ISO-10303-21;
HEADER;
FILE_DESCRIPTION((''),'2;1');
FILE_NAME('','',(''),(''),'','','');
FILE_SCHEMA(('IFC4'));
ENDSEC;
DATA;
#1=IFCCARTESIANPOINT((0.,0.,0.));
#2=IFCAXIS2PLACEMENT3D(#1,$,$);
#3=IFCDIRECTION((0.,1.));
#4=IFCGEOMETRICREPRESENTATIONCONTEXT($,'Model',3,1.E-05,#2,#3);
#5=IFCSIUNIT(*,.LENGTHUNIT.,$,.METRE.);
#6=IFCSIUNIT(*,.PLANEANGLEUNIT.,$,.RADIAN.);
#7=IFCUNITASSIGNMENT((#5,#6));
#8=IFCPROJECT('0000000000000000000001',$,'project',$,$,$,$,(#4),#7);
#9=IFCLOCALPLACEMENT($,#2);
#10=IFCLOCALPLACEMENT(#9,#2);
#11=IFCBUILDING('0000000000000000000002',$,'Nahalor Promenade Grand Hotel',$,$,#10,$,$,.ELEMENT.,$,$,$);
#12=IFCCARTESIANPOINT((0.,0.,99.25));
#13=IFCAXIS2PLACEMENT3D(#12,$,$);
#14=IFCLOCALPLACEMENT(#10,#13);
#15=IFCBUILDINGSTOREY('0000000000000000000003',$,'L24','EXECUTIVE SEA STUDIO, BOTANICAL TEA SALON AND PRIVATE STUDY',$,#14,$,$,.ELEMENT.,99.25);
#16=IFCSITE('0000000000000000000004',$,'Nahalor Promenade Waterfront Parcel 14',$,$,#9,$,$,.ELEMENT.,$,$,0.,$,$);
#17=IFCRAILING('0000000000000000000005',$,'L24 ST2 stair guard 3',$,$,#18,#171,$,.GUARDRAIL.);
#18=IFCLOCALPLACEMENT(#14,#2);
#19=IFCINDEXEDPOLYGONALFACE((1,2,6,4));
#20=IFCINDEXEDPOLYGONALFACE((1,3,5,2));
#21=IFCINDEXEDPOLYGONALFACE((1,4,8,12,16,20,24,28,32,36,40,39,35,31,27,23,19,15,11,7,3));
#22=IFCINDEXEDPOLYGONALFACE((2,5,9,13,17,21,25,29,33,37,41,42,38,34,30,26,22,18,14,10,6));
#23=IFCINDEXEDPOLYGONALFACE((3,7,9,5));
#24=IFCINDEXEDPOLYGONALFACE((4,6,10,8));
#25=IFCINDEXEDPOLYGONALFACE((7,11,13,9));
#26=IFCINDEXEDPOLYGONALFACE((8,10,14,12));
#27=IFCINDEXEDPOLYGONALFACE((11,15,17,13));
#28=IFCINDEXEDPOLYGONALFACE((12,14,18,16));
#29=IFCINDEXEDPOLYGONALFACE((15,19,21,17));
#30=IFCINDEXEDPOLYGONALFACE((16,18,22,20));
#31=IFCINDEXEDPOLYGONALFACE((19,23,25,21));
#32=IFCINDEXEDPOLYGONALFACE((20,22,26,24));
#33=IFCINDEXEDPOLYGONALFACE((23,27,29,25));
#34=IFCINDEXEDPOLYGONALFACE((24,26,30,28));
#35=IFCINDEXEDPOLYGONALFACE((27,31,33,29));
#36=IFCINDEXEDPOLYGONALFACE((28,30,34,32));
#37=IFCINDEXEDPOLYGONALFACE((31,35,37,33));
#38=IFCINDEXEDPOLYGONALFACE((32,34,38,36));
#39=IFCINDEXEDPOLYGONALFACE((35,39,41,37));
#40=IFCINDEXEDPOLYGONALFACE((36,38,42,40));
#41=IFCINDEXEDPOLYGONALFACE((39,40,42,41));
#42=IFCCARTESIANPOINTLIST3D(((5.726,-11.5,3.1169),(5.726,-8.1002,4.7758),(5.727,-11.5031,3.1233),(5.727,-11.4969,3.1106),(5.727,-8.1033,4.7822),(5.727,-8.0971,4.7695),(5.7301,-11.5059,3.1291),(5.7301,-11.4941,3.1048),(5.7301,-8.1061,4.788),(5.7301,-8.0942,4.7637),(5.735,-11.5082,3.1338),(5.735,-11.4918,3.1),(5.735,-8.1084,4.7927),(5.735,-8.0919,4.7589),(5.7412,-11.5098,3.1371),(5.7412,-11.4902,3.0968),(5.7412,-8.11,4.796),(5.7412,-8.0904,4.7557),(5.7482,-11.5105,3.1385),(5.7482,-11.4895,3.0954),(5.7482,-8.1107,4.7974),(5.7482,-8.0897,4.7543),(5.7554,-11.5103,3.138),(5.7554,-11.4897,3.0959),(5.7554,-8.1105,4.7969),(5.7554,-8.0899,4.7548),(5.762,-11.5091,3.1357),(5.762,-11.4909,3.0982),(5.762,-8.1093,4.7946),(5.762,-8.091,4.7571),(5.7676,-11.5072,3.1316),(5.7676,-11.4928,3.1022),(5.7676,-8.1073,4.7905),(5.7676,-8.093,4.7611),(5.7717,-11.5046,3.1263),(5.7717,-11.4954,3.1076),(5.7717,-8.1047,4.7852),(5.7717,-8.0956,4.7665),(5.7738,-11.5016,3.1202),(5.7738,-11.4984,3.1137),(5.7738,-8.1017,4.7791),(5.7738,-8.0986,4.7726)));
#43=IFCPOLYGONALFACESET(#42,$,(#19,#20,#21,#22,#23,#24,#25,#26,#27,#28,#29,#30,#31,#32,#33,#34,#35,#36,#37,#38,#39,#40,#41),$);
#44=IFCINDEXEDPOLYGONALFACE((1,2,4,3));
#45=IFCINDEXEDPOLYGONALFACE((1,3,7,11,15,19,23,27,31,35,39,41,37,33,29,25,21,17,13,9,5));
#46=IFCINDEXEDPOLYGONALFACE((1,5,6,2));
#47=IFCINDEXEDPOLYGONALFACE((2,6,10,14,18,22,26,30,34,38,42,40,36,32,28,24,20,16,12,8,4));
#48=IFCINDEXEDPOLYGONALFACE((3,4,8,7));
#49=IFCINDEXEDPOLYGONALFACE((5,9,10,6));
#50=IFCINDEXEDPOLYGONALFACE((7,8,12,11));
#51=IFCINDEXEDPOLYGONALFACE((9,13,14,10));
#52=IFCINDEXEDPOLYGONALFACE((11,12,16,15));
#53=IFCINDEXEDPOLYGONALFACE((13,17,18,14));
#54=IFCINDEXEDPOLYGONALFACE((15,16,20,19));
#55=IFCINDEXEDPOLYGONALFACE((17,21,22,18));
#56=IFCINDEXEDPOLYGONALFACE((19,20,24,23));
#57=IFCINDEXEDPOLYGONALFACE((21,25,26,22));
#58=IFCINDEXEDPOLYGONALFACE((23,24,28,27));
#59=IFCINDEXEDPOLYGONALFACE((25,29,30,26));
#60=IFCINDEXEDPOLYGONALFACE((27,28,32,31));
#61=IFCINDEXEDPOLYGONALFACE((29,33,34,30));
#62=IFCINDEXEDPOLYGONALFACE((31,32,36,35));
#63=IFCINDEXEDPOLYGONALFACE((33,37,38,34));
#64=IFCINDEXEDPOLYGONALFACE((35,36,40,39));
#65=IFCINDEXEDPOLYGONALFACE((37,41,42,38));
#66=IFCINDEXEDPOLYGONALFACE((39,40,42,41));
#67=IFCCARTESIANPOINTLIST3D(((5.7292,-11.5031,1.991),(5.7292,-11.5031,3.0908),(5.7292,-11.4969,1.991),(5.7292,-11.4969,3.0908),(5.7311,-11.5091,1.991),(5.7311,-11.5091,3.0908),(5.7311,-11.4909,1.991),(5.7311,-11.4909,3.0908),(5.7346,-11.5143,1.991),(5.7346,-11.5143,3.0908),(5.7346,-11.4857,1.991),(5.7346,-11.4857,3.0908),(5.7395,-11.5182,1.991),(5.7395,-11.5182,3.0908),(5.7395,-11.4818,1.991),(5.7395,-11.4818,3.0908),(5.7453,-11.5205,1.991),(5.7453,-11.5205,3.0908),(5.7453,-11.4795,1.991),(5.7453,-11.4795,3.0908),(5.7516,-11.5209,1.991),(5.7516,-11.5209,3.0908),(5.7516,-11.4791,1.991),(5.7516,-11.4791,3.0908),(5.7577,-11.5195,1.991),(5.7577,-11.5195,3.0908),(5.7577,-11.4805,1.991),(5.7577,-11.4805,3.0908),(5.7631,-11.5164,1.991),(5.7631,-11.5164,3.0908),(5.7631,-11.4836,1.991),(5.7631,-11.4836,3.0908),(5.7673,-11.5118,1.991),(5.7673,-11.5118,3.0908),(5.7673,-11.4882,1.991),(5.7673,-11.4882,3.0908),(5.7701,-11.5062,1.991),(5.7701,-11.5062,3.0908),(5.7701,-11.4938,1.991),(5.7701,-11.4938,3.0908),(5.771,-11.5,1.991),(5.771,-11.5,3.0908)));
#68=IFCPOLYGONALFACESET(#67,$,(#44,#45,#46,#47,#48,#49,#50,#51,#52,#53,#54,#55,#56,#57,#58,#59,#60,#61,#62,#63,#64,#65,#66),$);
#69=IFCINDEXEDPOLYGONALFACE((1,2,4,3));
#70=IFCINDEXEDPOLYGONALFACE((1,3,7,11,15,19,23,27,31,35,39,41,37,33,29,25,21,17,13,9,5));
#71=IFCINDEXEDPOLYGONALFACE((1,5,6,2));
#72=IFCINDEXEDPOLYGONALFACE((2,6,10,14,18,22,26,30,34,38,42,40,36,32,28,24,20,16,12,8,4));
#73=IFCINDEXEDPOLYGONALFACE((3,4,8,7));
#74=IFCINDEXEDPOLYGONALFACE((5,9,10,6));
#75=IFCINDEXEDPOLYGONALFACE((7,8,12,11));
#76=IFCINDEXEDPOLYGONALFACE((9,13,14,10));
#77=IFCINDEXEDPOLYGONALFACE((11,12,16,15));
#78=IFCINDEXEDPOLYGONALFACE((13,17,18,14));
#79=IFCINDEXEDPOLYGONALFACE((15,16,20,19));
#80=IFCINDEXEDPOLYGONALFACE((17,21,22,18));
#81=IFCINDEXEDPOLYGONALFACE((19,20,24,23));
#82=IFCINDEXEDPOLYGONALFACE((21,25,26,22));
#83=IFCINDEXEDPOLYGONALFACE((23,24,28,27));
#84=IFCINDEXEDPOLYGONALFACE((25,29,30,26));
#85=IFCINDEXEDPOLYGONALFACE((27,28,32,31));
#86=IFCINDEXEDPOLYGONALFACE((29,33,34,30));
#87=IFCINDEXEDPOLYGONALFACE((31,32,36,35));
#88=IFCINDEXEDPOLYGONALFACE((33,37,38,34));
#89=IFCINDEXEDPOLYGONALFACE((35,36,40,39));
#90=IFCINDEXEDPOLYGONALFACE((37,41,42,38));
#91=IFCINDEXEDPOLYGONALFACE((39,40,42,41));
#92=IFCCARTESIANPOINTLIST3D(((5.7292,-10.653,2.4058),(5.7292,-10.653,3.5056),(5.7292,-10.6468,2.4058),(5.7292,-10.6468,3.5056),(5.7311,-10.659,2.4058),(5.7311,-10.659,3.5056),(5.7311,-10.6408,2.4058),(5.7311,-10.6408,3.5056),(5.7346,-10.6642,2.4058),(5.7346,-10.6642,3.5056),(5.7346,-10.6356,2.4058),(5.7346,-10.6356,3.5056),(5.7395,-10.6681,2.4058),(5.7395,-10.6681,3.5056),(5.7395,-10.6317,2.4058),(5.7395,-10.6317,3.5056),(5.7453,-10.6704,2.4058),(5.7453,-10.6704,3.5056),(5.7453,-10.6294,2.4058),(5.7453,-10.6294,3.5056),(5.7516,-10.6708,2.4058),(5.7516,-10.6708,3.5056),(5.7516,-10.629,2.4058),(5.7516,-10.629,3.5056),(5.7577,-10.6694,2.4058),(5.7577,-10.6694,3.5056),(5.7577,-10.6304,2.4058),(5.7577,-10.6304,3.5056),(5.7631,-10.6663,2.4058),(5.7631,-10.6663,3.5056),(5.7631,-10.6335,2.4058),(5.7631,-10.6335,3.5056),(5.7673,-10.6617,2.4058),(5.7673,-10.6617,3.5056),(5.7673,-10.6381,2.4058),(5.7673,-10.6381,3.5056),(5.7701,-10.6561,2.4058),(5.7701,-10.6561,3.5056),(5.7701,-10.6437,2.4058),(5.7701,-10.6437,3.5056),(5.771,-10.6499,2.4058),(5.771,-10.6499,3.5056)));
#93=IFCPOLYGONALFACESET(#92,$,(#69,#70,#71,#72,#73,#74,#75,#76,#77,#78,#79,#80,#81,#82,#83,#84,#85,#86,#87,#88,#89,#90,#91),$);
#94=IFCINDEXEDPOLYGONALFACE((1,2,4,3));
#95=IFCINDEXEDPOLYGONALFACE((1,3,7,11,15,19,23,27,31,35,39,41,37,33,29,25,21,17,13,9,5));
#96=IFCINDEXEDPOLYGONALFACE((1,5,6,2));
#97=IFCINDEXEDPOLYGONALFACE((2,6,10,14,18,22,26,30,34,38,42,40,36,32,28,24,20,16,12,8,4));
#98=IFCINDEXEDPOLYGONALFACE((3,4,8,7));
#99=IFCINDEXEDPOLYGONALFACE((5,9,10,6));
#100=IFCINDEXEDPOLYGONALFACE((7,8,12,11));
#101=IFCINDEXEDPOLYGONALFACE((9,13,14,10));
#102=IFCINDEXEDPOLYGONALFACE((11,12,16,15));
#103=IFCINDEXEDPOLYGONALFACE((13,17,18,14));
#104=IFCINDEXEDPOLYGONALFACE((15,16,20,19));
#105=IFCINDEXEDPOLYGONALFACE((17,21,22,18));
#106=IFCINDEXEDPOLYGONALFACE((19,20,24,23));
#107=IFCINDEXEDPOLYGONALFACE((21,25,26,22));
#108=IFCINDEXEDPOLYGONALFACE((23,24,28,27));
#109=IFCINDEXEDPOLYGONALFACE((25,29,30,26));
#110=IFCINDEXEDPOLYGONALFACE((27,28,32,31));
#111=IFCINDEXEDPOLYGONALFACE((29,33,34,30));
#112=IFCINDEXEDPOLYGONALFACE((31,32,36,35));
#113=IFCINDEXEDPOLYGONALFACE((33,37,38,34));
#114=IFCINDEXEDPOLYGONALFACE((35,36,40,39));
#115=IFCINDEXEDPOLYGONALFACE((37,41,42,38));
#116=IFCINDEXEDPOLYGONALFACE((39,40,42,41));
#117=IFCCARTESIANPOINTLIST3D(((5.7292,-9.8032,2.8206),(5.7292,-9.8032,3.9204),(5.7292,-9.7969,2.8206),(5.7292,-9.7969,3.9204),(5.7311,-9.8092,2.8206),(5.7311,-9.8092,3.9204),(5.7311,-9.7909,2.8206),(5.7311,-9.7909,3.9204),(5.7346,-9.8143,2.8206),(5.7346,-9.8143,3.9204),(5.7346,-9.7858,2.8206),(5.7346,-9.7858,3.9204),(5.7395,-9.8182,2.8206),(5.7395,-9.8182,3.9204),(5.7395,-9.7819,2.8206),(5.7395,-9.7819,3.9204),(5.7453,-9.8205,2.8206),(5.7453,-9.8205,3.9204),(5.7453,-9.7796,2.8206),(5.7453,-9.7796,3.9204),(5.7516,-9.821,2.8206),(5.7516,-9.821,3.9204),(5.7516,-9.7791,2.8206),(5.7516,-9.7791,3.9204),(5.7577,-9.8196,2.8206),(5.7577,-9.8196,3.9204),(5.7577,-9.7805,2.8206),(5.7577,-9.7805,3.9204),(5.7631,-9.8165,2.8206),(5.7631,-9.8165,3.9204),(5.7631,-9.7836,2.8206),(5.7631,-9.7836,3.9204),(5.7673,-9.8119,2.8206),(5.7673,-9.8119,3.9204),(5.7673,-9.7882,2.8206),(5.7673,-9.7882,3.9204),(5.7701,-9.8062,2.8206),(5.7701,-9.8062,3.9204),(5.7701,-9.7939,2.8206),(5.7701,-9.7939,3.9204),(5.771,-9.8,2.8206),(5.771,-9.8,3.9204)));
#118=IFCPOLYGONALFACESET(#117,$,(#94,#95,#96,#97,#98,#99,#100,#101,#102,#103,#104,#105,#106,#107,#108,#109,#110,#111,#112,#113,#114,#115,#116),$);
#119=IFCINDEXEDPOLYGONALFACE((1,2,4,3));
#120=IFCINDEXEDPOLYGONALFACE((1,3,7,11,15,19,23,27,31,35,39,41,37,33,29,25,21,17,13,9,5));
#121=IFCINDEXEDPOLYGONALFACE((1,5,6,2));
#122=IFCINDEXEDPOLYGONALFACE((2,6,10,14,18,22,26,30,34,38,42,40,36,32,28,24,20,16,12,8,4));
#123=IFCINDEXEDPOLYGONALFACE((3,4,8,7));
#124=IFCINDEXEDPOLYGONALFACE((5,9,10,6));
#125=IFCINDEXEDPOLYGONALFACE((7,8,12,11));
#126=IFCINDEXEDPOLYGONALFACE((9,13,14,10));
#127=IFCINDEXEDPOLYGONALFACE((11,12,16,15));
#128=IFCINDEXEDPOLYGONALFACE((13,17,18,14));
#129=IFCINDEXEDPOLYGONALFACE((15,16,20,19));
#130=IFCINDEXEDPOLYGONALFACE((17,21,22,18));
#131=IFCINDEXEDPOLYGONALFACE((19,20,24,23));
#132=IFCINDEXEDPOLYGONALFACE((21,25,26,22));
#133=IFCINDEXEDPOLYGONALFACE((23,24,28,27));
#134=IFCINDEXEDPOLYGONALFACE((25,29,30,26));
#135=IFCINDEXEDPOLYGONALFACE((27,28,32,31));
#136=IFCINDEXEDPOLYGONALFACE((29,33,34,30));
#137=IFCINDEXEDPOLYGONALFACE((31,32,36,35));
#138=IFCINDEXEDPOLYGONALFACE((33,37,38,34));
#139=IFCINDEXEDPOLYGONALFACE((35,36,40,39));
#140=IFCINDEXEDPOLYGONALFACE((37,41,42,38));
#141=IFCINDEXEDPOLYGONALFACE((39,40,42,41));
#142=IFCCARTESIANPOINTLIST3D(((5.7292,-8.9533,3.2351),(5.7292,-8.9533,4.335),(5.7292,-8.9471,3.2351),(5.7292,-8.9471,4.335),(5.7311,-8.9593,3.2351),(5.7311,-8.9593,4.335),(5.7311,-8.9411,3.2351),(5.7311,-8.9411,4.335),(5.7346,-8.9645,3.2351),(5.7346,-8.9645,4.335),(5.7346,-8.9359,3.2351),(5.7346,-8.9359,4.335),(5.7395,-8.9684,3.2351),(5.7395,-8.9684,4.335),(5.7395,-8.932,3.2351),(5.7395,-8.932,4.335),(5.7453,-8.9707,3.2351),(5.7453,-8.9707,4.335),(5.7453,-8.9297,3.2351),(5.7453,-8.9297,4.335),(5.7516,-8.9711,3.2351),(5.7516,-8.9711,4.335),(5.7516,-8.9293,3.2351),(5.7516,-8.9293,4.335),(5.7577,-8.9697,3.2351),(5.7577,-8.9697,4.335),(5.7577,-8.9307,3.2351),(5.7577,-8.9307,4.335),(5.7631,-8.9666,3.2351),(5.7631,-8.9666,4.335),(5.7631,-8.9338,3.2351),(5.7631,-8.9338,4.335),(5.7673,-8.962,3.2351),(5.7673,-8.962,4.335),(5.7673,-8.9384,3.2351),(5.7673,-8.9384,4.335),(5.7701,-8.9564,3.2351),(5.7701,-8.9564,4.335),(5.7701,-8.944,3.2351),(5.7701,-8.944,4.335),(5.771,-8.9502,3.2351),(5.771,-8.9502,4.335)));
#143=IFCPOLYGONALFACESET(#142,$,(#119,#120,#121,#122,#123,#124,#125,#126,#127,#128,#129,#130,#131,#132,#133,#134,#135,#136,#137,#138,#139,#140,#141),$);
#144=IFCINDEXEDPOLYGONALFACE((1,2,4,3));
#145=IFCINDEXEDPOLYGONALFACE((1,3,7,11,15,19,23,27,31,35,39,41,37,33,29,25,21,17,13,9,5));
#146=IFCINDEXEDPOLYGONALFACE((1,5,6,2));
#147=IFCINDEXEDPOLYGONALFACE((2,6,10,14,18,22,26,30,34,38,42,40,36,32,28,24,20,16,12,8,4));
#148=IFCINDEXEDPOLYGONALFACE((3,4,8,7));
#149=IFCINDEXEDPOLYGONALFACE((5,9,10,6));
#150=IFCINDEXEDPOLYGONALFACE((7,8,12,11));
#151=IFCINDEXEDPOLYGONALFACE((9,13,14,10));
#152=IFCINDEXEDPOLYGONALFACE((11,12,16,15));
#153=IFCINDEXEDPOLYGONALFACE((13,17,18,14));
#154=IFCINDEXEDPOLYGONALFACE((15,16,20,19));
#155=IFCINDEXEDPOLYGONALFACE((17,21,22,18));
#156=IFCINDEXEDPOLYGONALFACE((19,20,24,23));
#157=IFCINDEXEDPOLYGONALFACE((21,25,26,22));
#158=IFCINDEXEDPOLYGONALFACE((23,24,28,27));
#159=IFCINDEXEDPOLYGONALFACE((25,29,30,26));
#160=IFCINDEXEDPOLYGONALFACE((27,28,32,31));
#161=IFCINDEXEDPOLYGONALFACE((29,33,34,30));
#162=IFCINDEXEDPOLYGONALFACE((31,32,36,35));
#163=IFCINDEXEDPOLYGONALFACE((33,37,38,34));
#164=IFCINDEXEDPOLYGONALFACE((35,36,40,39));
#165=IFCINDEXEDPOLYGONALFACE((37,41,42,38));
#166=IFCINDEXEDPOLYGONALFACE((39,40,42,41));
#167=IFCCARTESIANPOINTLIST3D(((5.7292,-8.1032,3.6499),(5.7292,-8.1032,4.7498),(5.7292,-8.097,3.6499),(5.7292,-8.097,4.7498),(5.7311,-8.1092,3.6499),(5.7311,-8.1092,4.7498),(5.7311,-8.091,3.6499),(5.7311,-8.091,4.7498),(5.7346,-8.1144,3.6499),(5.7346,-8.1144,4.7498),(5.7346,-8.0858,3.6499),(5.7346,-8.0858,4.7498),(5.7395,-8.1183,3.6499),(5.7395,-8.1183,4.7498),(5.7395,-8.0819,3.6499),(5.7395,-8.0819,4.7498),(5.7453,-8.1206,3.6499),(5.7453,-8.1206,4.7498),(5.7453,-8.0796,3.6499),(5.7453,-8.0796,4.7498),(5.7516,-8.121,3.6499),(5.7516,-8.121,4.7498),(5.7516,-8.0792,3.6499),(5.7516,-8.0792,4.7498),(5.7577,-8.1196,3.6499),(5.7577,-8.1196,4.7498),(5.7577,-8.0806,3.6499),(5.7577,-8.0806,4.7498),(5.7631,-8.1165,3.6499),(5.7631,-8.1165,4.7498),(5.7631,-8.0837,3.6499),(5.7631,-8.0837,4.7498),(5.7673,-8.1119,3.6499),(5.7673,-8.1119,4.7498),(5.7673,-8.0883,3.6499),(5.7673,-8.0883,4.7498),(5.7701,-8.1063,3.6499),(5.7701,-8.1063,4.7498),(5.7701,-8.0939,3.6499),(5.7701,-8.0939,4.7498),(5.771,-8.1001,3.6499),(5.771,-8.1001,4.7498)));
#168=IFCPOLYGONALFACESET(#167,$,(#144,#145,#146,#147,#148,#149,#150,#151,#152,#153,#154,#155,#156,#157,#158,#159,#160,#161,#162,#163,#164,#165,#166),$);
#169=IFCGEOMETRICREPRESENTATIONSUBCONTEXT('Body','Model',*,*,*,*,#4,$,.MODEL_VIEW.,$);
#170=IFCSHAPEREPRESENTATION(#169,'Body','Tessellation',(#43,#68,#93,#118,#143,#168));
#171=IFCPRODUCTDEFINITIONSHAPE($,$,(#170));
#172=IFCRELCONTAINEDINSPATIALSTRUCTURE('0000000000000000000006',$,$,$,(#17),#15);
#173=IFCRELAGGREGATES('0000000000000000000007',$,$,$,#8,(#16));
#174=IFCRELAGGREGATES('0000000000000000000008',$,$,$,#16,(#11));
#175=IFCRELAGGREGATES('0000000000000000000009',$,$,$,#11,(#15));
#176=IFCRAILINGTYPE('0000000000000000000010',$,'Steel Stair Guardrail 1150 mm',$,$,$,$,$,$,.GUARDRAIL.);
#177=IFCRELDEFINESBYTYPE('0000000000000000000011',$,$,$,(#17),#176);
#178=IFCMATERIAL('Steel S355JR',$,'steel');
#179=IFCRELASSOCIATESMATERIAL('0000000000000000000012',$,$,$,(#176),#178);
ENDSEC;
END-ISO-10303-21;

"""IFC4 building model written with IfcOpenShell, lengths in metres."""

from ifc_helpers import new_model, si_unit, direction, frame, origin, origin_2d, place, context, subcontext, project, spatial, circle, extrude, material, type_object, element, save


model = new_model("IFC4")

# Units and contexts
model_context = context("Model", 3, precision=1e-05, world=origin(), true_north=direction((0.0, 1.0)))
body_context = subcontext(model_context, "Body", "Model", "MODEL_VIEW")
ifc_project = project(units=[si_unit("LENGTHUNIT", "METRE"), si_unit("PLANEANGLEUNIT", "RADIAN")], contexts=[model_context])

# Site, building, storey
site_placement = place(None, origin())
site = spatial("IfcSite", under=ifc_project, at=site_placement, Name="Nahalor Promenade Waterfront Parcel 14", CompositionType="ELEMENT", RefElevation=0.0)
building_placement = place(site_placement, origin())
building = spatial("IfcBuilding", under=site, at=building_placement, Name="Nahalor Promenade Grand Hotel", CompositionType="ELEMENT")
storey_placement = place(building_placement, frame((0.0, 0.0, 99.25)))
storey = spatial("IfcBuildingStorey", under=building, at=storey_placement, Name="L24", Description="EXECUTIVE SEA STUDIO, BOTANICAL TEA SALON AND PRIVATE STUDY", CompositionType="ELEMENT", Elevation=99.25)

# Shared definitions
ifc_material_1 = material(Name="Steel S355JR", Category="steel")

# Railing
railing_type_1 = type_object("IfcRailingType", Name="Steel Stair Guardrail 1150 mm", PredefinedType="GUARDRAIL", material=ifc_material_1)
railing_1_placement = place(storey_placement, frame((5.75, -11.5, 1.991)))
element("IfcRailing", 1, at=railing_1_placement, inside=storey, type_object=railing_type_1, Name="L24 ST2 stair guard 3", PredefinedType="GUARDRAIL", context=body_context, shape_type="SweptSolid", body=[
    extrude(circle(Radius=0.024, at=origin_2d()), frame((0.0, 0.0, 1.126), z_axis=(0.0, 0.898722, 0.438519), x_axis=(-1.0, 0.0, 0.0)), (0.0, 0.0, 1.0), 3.783),
    extrude(circle(Radius=0.021, at=origin_2d()), origin(), (0.0, 0.0, 1.0), 1.0999),
    extrude(circle(Radius=0.021, at=origin_2d()), frame((0.0, 0.8501, 0.4148)), (0.0, 0.0, 1.0), 1.0999),
    extrude(circle(Radius=0.021, at=origin_2d()), frame((0.0, 1.7, 0.8296)), (0.0, 0.0, 1.0), 1.0999),
    extrude(circle(Radius=0.021, at=origin_2d()), frame((0.0, 2.5498, 1.2441)), (0.0, 0.0, 1.0), 1.0999),
    extrude(circle(Radius=0.021, at=origin_2d()), frame((0.0, 3.3999, 1.6589)), (0.0, 0.0, 1.0), 1.0999),
])

save(model, "model.ifc")
